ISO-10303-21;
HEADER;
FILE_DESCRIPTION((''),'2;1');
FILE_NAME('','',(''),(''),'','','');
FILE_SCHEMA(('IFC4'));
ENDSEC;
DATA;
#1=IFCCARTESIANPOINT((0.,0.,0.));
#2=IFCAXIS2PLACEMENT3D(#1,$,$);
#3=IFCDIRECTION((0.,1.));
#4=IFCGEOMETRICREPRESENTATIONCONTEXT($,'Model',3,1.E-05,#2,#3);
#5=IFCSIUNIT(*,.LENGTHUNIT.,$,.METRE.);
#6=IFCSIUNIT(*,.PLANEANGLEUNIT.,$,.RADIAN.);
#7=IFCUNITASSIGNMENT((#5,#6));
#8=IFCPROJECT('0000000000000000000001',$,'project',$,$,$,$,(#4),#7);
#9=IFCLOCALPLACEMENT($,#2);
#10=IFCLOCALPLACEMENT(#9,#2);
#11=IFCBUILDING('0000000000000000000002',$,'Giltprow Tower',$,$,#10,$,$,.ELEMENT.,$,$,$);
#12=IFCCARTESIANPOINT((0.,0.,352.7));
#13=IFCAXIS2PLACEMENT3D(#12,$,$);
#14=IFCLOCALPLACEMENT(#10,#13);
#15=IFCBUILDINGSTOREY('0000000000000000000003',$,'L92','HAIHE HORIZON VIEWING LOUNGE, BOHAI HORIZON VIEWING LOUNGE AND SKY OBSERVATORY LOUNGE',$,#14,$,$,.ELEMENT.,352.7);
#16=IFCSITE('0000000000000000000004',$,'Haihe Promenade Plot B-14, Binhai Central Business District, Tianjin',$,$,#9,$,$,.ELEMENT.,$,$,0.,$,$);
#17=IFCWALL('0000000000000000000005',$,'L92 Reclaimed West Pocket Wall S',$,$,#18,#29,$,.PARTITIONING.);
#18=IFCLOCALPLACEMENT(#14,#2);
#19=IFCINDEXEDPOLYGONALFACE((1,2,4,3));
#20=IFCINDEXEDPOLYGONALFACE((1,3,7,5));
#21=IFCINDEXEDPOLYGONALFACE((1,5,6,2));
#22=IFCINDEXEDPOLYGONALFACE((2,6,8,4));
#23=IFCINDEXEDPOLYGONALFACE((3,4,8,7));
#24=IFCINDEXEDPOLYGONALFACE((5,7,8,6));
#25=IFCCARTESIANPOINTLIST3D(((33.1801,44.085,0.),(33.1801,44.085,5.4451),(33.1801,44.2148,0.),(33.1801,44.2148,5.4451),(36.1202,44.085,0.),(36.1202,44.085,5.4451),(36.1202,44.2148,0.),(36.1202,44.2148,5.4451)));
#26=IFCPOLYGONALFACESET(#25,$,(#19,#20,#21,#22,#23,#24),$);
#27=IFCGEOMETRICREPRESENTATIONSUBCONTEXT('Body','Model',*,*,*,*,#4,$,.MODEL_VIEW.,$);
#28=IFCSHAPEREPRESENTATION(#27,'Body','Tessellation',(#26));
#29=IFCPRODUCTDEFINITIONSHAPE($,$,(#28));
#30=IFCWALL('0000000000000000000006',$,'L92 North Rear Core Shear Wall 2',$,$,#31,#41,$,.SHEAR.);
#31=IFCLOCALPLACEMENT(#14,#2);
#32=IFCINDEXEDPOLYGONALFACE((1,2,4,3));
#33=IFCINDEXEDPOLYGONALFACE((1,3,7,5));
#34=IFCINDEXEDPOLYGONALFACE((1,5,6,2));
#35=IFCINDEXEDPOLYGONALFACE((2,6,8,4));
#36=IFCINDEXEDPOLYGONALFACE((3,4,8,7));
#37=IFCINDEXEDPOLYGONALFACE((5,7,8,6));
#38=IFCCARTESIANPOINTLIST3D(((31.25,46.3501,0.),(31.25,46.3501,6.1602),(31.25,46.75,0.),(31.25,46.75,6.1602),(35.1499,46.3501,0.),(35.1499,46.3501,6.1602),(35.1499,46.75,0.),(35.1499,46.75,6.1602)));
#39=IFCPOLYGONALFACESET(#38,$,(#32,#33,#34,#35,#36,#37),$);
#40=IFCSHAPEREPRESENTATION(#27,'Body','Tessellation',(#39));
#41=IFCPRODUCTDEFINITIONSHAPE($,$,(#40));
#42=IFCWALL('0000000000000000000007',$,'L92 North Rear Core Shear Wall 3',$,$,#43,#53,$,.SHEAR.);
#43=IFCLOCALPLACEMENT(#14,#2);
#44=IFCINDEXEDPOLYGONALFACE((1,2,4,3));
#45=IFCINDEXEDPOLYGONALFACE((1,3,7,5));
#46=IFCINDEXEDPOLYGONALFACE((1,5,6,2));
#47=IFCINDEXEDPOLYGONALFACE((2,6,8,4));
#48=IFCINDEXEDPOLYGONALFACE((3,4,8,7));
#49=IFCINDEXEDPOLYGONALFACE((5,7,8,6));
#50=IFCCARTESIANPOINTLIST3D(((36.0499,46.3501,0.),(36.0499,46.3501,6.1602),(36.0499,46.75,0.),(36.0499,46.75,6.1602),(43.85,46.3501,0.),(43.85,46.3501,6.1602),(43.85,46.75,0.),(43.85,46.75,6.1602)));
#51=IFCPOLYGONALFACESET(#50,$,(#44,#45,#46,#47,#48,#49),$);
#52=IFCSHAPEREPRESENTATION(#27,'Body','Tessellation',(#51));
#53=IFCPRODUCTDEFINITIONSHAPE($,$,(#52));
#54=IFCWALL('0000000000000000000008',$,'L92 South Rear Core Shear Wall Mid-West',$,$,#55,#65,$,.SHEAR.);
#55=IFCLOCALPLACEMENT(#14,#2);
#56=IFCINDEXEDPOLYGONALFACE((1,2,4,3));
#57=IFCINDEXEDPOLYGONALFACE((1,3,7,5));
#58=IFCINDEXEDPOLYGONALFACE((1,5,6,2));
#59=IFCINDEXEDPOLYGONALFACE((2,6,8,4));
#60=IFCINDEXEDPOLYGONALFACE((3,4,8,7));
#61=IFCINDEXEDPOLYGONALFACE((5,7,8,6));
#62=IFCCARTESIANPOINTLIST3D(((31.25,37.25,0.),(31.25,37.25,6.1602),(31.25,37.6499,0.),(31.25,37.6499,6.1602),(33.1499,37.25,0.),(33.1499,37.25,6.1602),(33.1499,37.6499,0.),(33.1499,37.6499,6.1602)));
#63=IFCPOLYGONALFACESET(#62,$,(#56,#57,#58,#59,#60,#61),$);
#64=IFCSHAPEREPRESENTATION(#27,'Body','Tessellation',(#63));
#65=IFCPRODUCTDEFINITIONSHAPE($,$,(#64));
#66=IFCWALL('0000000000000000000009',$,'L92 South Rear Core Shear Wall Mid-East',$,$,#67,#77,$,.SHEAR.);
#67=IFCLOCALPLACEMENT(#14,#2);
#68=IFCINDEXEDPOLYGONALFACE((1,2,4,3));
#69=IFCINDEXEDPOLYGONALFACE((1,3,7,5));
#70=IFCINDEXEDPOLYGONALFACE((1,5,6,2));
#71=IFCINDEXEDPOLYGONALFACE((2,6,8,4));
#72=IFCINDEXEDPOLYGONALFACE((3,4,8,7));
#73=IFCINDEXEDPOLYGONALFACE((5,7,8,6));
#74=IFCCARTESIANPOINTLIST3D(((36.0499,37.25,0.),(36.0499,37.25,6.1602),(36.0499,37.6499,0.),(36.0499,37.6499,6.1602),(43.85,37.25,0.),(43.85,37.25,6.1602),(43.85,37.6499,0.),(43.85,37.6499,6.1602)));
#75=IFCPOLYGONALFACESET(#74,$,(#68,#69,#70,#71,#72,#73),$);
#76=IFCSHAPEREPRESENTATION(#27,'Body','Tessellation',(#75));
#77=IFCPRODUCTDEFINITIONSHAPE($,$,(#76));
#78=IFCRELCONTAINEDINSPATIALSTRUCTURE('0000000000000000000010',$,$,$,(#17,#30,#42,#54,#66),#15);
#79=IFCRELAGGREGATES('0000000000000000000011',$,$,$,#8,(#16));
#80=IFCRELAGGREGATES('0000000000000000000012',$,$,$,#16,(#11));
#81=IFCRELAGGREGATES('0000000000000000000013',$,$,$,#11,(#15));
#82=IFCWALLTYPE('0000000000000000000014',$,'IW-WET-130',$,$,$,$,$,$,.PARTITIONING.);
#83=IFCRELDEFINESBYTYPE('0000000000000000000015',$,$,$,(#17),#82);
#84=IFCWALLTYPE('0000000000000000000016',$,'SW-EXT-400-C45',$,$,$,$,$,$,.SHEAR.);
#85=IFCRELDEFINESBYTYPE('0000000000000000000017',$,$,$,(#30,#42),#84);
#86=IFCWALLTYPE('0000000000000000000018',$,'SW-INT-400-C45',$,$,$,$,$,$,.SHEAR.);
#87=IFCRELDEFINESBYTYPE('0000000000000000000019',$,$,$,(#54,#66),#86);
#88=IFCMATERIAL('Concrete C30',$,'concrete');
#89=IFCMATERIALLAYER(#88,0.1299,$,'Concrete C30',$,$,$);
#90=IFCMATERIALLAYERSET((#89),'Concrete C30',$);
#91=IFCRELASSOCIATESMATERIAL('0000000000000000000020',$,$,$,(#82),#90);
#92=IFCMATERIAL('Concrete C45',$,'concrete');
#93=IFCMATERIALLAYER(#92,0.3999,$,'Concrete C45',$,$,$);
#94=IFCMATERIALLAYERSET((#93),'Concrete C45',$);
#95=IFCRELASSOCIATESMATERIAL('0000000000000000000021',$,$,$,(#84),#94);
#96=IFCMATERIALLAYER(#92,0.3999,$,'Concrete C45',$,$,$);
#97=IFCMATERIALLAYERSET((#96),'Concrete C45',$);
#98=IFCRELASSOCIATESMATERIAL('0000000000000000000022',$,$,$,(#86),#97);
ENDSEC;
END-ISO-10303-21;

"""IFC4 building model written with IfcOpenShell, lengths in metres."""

from ifc_helpers import new_model, si_unit, direction, frame, frame_2d, origin, place, context, subcontext, project, spatial, rectangle, extrude, material, layer, layer_set, type_object, element, save


model = new_model("IFC4")

# Units and contexts
model_context = context("Model", 3, precision=1e-05, world=origin(), true_north=direction((0.0, 1.0)))
body_context = subcontext(model_context, "Body", "Model", "MODEL_VIEW")
ifc_project = project(units=[si_unit("LENGTHUNIT", "METRE"), si_unit("PLANEANGLEUNIT", "RADIAN")], contexts=[model_context])

# Site, building, storey
site_placement = place(None, origin())
site = spatial("IfcSite", under=ifc_project, at=site_placement, Name="Haihe Promenade Plot B-14, Binhai Central Business District, Tianjin", CompositionType="ELEMENT", RefElevation=0.0)
building_placement = place(site_placement, origin())
building = spatial("IfcBuilding", under=site, at=building_placement, Name="Giltprow Tower", CompositionType="ELEMENT")
storey_placement = place(building_placement, frame((0.0, 0.0, 352.7)))
storey = spatial("IfcBuildingStorey", under=building, at=storey_placement, Name="L92", Description="HAIHE HORIZON VIEWING LOUNGE, BOHAI HORIZON VIEWING LOUNGE AND SKY OBSERVATORY LOUNGE", CompositionType="ELEMENT", Elevation=352.7)

# Shared definitions
ifc_material_1 = material(Name="Concrete C45", Category="concrete")

# Shared definitions
ifc_material_2 = material(Name="Concrete C30", Category="concrete")
ifc_layer_1 = layer(ifc_material_2, 0.1299, Name="Concrete C30")
ifc_layer_set_1 = layer_set([ifc_layer_1], Name="Concrete C30")
wall_type_1 = type_object("IfcWallType", Name="IW-WET-130", PredefinedType="PARTITIONING", material=ifc_layer_set_1)

# Walls
wall_1_placement = place(storey_placement, frame((33.1799, 44.1499, 0.0), z_axis=(0.0, 0.0, 1.0), x_axis=(1.0, 0.0, 0.0)))
element("IfcWall", 1, at=wall_1_placement, inside=storey, type_object=wall_type_1, Name="L92 Reclaimed West Pocket Wall S", PredefinedType="PARTITIONING", context=body_context, shape_type="SweptSolid", body=[
    extrude(rectangle(XDim=2.9402, YDim=0.1299, at=frame_2d((1.4702, 0.0))), origin(), (0.0, 0.0, 1.0), 5.4451),
])
ifc_layer_2 = layer(ifc_material_1, 0.3999, Name="Concrete C45")
ifc_layer_set_2 = layer_set([ifc_layer_2], Name="Concrete C45")
wall_type_2 = type_object("IfcWallType", Name="SW-EXT-400-C45", PredefinedType="SHEAR", material=ifc_layer_set_2)
wall_2_placement = place(storey_placement, frame((31.25, 46.55, 0.0), z_axis=(0.0, 0.0, 1.0), x_axis=(1.0, 0.0, 0.0)))
element("IfcWall", 2, at=wall_2_placement, inside=storey, type_object=wall_type_2, Name="L92 North Rear Core Shear Wall 2", PredefinedType="SHEAR", context=body_context, shape_type="SweptSolid", body=[
    extrude(rectangle(XDim=3.8999, YDim=0.3999, at=frame_2d((1.95, 0.0))), origin(), (0.0, 0.0, 1.0), 6.1602),
])
wall_3_placement = place(storey_placement, frame((36.05, 46.55, 0.0), z_axis=(0.0, 0.0, 1.0), x_axis=(1.0, 0.0, 0.0)))
element("IfcWall", 3, at=wall_3_placement, inside=storey, type_object=wall_type_2, Name="L92 North Rear Core Shear Wall 3", PredefinedType="SHEAR", context=body_context, shape_type="SweptSolid", body=[
    extrude(rectangle(XDim=7.8, YDim=0.3999, at=frame_2d((3.8999, 0.0))), origin(), (0.0, 0.0, 1.0), 6.1602),
])
ifc_layer_3 = layer(ifc_material_1, 0.3999, Name="Concrete C45")
ifc_layer_set_3 = layer_set([ifc_layer_3], Name="Concrete C45")
wall_type_3 = type_object("IfcWallType", Name="SW-INT-400-C45", PredefinedType="SHEAR", material=ifc_layer_set_3)
wall_4_placement = place(storey_placement, frame((31.25, 37.45, 0.0), z_axis=(0.0, 0.0, 1.0), x_axis=(1.0, 0.0, 0.0)))
element("IfcWall", 4, at=wall_4_placement, inside=storey, type_object=wall_type_3, Name="L92 South Rear Core Shear Wall Mid-West", PredefinedType="SHEAR", context=body_context, shape_type="SweptSolid", body=[
    extrude(rectangle(XDim=1.8999, YDim=0.3999, at=frame_2d((0.95, 0.0))), origin(), (0.0, 0.0, 1.0), 6.1602),
])
wall_5_placement = place(storey_placement, frame((36.05, 37.45, 0.0), z_axis=(0.0, 0.0, 1.0), x_axis=(1.0, 0.0, 0.0)))
element("IfcWall", 5, at=wall_5_placement, inside=storey, type_object=wall_type_3, Name="L92 South Rear Core Shear Wall Mid-East", PredefinedType="SHEAR", context=body_context, shape_type="SweptSolid", body=[
    extrude(rectangle(XDim=7.8, YDim=0.3999, at=frame_2d((3.8999, 0.0))), origin(), (0.0, 0.0, 1.0), 6.1602),
])

save(model, "model.ifc")
